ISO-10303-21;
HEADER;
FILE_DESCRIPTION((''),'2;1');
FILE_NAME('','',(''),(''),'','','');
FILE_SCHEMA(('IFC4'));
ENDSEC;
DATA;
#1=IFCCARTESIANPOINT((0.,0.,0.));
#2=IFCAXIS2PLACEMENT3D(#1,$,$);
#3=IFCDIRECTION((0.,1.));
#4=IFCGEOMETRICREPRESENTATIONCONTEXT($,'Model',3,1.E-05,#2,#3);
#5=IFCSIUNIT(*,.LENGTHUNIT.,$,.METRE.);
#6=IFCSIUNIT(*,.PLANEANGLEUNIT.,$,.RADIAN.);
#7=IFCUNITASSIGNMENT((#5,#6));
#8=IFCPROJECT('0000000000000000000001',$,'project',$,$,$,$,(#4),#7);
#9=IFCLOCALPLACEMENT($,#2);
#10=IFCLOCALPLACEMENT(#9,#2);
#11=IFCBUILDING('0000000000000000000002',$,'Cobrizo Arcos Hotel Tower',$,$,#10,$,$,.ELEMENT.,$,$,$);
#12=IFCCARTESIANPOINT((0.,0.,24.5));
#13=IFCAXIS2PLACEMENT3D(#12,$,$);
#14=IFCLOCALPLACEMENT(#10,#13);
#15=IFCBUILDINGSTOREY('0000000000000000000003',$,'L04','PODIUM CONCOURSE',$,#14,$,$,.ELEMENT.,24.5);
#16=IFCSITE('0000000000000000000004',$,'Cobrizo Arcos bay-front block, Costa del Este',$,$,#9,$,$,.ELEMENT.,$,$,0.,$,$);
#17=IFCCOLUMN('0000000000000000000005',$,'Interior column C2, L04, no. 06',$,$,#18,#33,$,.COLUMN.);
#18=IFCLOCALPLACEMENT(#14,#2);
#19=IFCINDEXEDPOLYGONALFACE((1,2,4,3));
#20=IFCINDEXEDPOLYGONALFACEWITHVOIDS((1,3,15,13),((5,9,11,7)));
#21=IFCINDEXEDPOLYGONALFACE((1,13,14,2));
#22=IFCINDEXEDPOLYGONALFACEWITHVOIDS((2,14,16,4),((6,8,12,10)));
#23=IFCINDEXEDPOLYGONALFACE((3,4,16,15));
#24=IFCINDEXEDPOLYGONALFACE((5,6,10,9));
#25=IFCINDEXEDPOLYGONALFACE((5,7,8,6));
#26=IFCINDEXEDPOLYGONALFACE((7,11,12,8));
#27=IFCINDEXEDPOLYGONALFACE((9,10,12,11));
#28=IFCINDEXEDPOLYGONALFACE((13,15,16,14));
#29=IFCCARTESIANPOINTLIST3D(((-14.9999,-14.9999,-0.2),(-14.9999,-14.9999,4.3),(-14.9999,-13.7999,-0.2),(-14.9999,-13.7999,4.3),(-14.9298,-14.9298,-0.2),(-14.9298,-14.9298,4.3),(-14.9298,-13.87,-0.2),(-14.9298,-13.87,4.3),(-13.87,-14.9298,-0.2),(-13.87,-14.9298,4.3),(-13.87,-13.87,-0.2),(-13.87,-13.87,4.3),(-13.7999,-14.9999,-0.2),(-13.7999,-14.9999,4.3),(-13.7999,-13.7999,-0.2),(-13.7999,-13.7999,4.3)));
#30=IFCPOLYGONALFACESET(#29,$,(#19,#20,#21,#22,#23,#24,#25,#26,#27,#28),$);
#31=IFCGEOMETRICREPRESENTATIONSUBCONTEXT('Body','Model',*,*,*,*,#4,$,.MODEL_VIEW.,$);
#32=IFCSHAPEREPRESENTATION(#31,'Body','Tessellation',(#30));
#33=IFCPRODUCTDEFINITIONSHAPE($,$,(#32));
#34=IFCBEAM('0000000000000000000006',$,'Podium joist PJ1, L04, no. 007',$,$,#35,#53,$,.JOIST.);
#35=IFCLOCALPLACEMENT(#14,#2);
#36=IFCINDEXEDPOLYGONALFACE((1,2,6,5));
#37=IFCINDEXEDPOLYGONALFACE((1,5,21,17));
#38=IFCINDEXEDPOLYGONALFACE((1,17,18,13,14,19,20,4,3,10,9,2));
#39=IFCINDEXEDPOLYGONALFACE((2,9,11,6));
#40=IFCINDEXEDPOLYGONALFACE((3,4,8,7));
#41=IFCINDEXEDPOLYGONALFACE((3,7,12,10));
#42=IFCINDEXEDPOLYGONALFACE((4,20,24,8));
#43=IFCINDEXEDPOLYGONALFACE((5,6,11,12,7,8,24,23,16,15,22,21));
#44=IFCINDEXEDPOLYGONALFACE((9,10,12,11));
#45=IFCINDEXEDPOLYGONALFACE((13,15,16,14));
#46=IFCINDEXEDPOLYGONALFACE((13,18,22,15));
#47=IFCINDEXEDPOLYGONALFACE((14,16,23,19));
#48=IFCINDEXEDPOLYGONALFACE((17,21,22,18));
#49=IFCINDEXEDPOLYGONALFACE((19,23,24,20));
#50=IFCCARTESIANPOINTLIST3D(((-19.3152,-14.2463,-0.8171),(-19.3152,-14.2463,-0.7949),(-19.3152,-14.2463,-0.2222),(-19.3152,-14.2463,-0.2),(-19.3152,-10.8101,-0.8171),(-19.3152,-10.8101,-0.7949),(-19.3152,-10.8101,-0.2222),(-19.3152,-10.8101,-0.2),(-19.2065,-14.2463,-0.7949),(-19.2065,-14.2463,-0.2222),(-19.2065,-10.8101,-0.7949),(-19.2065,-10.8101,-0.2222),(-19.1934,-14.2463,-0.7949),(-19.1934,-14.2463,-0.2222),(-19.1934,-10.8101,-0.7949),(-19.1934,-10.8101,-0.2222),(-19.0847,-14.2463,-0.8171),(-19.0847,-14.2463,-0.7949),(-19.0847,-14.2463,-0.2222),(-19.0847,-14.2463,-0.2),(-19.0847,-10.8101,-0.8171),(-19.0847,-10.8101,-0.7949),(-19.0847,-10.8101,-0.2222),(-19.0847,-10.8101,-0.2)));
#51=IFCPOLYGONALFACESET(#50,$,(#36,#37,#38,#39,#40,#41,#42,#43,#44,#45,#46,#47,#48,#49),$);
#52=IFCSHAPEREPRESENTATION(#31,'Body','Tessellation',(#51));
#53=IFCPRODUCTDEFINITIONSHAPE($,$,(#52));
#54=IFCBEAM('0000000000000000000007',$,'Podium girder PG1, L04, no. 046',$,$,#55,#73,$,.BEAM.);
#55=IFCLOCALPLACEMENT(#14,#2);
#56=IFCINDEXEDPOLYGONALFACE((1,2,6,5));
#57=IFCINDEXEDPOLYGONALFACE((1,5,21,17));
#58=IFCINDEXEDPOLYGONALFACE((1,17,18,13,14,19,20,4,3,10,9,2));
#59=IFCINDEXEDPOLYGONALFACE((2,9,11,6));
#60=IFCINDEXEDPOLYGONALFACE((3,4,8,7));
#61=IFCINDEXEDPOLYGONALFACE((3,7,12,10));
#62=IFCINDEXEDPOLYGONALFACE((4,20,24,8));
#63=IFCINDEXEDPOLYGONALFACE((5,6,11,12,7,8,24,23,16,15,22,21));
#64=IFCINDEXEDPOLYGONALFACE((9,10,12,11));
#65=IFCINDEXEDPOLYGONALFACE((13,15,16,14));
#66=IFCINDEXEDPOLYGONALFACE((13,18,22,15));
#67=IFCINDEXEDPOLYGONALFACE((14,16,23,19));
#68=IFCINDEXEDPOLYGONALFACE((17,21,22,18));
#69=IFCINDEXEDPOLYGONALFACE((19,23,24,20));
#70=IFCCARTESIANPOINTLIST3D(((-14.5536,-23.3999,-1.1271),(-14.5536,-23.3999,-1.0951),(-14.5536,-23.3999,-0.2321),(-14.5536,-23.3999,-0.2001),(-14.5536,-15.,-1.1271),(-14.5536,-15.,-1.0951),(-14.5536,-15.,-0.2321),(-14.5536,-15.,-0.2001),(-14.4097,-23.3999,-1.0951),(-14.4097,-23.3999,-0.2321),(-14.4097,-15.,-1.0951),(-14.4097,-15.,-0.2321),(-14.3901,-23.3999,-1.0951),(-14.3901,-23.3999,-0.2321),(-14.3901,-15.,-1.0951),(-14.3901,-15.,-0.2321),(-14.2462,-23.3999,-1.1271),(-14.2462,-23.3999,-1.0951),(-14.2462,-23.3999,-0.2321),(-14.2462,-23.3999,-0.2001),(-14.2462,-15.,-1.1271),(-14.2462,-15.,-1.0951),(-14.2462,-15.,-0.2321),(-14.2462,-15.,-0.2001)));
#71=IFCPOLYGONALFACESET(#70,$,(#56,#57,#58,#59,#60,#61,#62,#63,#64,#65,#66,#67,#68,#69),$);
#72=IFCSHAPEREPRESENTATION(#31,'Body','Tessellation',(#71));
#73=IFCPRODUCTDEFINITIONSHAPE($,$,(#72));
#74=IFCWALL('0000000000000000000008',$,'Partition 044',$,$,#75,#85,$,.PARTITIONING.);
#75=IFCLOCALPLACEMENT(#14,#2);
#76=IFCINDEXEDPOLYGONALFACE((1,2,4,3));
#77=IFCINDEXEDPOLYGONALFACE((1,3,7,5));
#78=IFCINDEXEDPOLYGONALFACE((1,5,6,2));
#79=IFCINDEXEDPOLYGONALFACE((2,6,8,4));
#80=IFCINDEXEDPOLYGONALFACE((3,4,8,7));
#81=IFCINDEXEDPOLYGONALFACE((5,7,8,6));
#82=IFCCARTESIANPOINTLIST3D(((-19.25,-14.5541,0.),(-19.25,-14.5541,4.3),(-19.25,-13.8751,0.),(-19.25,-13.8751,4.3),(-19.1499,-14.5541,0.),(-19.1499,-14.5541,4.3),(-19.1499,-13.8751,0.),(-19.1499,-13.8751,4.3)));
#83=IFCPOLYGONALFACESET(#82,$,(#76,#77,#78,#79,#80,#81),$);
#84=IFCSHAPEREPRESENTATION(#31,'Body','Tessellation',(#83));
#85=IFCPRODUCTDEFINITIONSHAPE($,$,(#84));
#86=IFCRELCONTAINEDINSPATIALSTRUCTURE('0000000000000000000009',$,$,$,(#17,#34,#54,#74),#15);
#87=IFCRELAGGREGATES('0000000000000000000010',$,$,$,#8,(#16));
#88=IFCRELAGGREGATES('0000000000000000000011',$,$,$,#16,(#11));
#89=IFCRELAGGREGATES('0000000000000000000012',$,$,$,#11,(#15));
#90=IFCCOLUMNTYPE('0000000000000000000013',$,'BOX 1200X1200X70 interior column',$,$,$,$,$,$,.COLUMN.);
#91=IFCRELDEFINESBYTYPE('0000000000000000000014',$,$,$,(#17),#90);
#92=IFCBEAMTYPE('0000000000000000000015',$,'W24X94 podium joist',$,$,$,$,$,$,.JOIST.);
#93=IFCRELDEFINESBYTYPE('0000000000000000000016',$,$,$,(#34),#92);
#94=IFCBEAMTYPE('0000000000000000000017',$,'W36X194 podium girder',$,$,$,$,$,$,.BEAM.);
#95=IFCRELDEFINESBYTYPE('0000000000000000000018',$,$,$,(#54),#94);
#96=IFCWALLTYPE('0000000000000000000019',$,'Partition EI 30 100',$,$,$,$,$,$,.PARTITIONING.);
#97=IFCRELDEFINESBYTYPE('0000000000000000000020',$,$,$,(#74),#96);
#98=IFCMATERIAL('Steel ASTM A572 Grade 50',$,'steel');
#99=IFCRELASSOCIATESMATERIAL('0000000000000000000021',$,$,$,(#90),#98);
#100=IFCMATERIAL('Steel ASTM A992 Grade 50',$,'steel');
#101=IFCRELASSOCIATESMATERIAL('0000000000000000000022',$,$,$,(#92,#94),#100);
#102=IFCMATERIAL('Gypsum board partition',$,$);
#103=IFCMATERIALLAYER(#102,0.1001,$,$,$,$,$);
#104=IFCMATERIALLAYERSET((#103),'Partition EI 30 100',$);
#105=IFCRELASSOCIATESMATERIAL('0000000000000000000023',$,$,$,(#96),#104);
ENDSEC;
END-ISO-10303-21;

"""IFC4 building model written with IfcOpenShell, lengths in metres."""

from ifc_helpers import new_model, si_unit, direction, frame, frame_2d, origin, origin_2d, place, context, subcontext, project, spatial, rectangle, hollow_rectangle, i_section, extrude, material, layer, layer_set, material_profile, profile_set, type_object, element, save


model = new_model("IFC4")

# Units and contexts
model_context = context("Model", 3, precision=1e-05, world=origin(), true_north=direction((0.0, 1.0)))
body_context = subcontext(model_context, "Body", "Model", "MODEL_VIEW")
ifc_project = project(units=[si_unit("LENGTHUNIT", "METRE"), si_unit("PLANEANGLEUNIT", "RADIAN")], contexts=[model_context])

# Site, building, storey
site_placement = place(None, origin())
site = spatial("IfcSite", under=ifc_project, at=site_placement, Name="Cobrizo Arcos bay-front block, Costa del Este", CompositionType="ELEMENT", RefElevation=0.0)
building_placement = place(site_placement, origin())
building = spatial("IfcBuilding", under=site, at=building_placement, Name="Cobrizo Arcos Hotel Tower", CompositionType="ELEMENT")
storey_placement = place(building_placement, frame((0.0, 0.0, 24.5)))
storey = spatial("IfcBuildingStorey", under=building, at=storey_placement, Name="L04", Description="PODIUM CONCOURSE", CompositionType="ELEMENT", Elevation=24.5)

# Column
ifc_material_1 = material(Name="Steel ASTM A572 Grade 50", Category="steel")
ifc_material_profile_1 = material_profile(ifc_material_1, hollow_rectangle(XDim=1.2, YDim=1.2, WallThickness=0.0701, at=origin_2d()), Name="BOX 1200X1200X70")
ifc_profile_set_1 = profile_set([ifc_material_profile_1], Name="Steel ASTM A572 Grade 50")
column_type = type_object("IfcColumnType", Name="BOX 1200X1200X70 interior column", PredefinedType="COLUMN", material=ifc_profile_set_1)
column_placement = place(storey_placement, frame((-14.3999, -14.3999, -0.2), z_axis=(0.0, 0.0, 1.0), x_axis=(1.0, 0.0, 0.0)))
element("IfcColumn", 1, at=column_placement, inside=storey, type_object=column_type, Name="Interior column C2, L04, no. 06", PredefinedType="COLUMN", context=body_context, shape_type="SweptSolid", body=[
    extrude(hollow_rectangle(XDim=1.2, YDim=1.2, WallThickness=0.0701, at=origin_2d()), origin(), (0.0, 0.0, 1.0), 4.5),
])

# Beams
ifc_material_2 = material(Name="Steel ASTM A992 Grade 50", Category="steel")
ifc_material_profile_2 = material_profile(ifc_material_2, i_section(OverallWidth=0.2305, OverallDepth=0.6172, WebThickness=0.0132, FlangeThickness=0.0222, at=origin_2d()), Name="W24X94")
ifc_profile_set_2 = profile_set([ifc_material_profile_2], Name="Steel ASTM A992 Grade 50")
beam_type_1 = type_object("IfcBeamType", Name="W24X94 podium joist", PredefinedType="JOIST", material=ifc_profile_set_2)
beam_1_placement = place(storey_placement, frame((-19.2, -14.2463, -0.5085), z_axis=(0.0, 1.0, 0.0), x_axis=(-1.0, 0.0, 0.0)))
element("IfcBeam", 2, at=beam_1_placement, inside=storey, type_object=beam_type_1, Name="Podium joist PJ1, L04, no. 007", PredefinedType="JOIST", context=body_context, shape_type="SweptSolid", body=[
    extrude(i_section(OverallWidth=0.2305, OverallDepth=0.6172, WebThickness=0.0132, FlangeThickness=0.0222, at=origin_2d()), origin(), (0.0, 0.0, 1.0), 3.4363),
])
ifc_material_profile_3 = material_profile(ifc_material_2, i_section(OverallWidth=0.3074, OverallDepth=0.927, WebThickness=0.0195, FlangeThickness=0.032, at=origin_2d()), Name="W36X194")
ifc_profile_set_3 = profile_set([ifc_material_profile_3], Name="Steel ASTM A992 Grade 50")
beam_type_2 = type_object("IfcBeamType", Name="W36X194 podium girder", PredefinedType="BEAM", material=ifc_profile_set_3)
beam_2_placement = place(storey_placement, frame((-14.3999, -23.3999, -0.6636), z_axis=(0.0, 1.0, 0.0), x_axis=(-1.0, 0.0, 0.0)))
element("IfcBeam", 3, at=beam_2_placement, inside=storey, type_object=beam_type_2, Name="Podium girder PG1, L04, no. 046", PredefinedType="BEAM", context=body_context, shape_type="SweptSolid", body=[
    extrude(i_section(OverallWidth=0.3074, OverallDepth=0.927, WebThickness=0.0195, FlangeThickness=0.032, at=origin_2d()), origin(), (0.0, 0.0, 1.0), 8.3999),
])

# Wall
ifc_material_3 = material(Name="Gypsum board partition")
ifc_layer_1 = layer(ifc_material_3, 0.1001)
ifc_layer_set_1 = layer_set([ifc_layer_1], Name="Partition EI 30 100")
wall_type_1 = type_object("IfcWallType", Name="Partition EI 30 100", PredefinedType="PARTITIONING", material=ifc_layer_set_1)
wall_1_placement = place(storey_placement, frame((-19.2, -14.554, 0.0), z_axis=(0.0, 0.0, 1.0), x_axis=(0.0, 1.0, 0.0)))
element("IfcWall", 4, at=wall_1_placement, inside=storey, type_object=wall_type_1, Name="Partition 044", PredefinedType="PARTITIONING", context=body_context, shape_type="SweptSolid", body=[
    extrude(rectangle(XDim=0.679, YDim=0.1001, at=frame_2d((0.3394, 0.0))), origin(), (0.0, 0.0, 1.0), 4.3),
])

save(model, "model.ifc")
